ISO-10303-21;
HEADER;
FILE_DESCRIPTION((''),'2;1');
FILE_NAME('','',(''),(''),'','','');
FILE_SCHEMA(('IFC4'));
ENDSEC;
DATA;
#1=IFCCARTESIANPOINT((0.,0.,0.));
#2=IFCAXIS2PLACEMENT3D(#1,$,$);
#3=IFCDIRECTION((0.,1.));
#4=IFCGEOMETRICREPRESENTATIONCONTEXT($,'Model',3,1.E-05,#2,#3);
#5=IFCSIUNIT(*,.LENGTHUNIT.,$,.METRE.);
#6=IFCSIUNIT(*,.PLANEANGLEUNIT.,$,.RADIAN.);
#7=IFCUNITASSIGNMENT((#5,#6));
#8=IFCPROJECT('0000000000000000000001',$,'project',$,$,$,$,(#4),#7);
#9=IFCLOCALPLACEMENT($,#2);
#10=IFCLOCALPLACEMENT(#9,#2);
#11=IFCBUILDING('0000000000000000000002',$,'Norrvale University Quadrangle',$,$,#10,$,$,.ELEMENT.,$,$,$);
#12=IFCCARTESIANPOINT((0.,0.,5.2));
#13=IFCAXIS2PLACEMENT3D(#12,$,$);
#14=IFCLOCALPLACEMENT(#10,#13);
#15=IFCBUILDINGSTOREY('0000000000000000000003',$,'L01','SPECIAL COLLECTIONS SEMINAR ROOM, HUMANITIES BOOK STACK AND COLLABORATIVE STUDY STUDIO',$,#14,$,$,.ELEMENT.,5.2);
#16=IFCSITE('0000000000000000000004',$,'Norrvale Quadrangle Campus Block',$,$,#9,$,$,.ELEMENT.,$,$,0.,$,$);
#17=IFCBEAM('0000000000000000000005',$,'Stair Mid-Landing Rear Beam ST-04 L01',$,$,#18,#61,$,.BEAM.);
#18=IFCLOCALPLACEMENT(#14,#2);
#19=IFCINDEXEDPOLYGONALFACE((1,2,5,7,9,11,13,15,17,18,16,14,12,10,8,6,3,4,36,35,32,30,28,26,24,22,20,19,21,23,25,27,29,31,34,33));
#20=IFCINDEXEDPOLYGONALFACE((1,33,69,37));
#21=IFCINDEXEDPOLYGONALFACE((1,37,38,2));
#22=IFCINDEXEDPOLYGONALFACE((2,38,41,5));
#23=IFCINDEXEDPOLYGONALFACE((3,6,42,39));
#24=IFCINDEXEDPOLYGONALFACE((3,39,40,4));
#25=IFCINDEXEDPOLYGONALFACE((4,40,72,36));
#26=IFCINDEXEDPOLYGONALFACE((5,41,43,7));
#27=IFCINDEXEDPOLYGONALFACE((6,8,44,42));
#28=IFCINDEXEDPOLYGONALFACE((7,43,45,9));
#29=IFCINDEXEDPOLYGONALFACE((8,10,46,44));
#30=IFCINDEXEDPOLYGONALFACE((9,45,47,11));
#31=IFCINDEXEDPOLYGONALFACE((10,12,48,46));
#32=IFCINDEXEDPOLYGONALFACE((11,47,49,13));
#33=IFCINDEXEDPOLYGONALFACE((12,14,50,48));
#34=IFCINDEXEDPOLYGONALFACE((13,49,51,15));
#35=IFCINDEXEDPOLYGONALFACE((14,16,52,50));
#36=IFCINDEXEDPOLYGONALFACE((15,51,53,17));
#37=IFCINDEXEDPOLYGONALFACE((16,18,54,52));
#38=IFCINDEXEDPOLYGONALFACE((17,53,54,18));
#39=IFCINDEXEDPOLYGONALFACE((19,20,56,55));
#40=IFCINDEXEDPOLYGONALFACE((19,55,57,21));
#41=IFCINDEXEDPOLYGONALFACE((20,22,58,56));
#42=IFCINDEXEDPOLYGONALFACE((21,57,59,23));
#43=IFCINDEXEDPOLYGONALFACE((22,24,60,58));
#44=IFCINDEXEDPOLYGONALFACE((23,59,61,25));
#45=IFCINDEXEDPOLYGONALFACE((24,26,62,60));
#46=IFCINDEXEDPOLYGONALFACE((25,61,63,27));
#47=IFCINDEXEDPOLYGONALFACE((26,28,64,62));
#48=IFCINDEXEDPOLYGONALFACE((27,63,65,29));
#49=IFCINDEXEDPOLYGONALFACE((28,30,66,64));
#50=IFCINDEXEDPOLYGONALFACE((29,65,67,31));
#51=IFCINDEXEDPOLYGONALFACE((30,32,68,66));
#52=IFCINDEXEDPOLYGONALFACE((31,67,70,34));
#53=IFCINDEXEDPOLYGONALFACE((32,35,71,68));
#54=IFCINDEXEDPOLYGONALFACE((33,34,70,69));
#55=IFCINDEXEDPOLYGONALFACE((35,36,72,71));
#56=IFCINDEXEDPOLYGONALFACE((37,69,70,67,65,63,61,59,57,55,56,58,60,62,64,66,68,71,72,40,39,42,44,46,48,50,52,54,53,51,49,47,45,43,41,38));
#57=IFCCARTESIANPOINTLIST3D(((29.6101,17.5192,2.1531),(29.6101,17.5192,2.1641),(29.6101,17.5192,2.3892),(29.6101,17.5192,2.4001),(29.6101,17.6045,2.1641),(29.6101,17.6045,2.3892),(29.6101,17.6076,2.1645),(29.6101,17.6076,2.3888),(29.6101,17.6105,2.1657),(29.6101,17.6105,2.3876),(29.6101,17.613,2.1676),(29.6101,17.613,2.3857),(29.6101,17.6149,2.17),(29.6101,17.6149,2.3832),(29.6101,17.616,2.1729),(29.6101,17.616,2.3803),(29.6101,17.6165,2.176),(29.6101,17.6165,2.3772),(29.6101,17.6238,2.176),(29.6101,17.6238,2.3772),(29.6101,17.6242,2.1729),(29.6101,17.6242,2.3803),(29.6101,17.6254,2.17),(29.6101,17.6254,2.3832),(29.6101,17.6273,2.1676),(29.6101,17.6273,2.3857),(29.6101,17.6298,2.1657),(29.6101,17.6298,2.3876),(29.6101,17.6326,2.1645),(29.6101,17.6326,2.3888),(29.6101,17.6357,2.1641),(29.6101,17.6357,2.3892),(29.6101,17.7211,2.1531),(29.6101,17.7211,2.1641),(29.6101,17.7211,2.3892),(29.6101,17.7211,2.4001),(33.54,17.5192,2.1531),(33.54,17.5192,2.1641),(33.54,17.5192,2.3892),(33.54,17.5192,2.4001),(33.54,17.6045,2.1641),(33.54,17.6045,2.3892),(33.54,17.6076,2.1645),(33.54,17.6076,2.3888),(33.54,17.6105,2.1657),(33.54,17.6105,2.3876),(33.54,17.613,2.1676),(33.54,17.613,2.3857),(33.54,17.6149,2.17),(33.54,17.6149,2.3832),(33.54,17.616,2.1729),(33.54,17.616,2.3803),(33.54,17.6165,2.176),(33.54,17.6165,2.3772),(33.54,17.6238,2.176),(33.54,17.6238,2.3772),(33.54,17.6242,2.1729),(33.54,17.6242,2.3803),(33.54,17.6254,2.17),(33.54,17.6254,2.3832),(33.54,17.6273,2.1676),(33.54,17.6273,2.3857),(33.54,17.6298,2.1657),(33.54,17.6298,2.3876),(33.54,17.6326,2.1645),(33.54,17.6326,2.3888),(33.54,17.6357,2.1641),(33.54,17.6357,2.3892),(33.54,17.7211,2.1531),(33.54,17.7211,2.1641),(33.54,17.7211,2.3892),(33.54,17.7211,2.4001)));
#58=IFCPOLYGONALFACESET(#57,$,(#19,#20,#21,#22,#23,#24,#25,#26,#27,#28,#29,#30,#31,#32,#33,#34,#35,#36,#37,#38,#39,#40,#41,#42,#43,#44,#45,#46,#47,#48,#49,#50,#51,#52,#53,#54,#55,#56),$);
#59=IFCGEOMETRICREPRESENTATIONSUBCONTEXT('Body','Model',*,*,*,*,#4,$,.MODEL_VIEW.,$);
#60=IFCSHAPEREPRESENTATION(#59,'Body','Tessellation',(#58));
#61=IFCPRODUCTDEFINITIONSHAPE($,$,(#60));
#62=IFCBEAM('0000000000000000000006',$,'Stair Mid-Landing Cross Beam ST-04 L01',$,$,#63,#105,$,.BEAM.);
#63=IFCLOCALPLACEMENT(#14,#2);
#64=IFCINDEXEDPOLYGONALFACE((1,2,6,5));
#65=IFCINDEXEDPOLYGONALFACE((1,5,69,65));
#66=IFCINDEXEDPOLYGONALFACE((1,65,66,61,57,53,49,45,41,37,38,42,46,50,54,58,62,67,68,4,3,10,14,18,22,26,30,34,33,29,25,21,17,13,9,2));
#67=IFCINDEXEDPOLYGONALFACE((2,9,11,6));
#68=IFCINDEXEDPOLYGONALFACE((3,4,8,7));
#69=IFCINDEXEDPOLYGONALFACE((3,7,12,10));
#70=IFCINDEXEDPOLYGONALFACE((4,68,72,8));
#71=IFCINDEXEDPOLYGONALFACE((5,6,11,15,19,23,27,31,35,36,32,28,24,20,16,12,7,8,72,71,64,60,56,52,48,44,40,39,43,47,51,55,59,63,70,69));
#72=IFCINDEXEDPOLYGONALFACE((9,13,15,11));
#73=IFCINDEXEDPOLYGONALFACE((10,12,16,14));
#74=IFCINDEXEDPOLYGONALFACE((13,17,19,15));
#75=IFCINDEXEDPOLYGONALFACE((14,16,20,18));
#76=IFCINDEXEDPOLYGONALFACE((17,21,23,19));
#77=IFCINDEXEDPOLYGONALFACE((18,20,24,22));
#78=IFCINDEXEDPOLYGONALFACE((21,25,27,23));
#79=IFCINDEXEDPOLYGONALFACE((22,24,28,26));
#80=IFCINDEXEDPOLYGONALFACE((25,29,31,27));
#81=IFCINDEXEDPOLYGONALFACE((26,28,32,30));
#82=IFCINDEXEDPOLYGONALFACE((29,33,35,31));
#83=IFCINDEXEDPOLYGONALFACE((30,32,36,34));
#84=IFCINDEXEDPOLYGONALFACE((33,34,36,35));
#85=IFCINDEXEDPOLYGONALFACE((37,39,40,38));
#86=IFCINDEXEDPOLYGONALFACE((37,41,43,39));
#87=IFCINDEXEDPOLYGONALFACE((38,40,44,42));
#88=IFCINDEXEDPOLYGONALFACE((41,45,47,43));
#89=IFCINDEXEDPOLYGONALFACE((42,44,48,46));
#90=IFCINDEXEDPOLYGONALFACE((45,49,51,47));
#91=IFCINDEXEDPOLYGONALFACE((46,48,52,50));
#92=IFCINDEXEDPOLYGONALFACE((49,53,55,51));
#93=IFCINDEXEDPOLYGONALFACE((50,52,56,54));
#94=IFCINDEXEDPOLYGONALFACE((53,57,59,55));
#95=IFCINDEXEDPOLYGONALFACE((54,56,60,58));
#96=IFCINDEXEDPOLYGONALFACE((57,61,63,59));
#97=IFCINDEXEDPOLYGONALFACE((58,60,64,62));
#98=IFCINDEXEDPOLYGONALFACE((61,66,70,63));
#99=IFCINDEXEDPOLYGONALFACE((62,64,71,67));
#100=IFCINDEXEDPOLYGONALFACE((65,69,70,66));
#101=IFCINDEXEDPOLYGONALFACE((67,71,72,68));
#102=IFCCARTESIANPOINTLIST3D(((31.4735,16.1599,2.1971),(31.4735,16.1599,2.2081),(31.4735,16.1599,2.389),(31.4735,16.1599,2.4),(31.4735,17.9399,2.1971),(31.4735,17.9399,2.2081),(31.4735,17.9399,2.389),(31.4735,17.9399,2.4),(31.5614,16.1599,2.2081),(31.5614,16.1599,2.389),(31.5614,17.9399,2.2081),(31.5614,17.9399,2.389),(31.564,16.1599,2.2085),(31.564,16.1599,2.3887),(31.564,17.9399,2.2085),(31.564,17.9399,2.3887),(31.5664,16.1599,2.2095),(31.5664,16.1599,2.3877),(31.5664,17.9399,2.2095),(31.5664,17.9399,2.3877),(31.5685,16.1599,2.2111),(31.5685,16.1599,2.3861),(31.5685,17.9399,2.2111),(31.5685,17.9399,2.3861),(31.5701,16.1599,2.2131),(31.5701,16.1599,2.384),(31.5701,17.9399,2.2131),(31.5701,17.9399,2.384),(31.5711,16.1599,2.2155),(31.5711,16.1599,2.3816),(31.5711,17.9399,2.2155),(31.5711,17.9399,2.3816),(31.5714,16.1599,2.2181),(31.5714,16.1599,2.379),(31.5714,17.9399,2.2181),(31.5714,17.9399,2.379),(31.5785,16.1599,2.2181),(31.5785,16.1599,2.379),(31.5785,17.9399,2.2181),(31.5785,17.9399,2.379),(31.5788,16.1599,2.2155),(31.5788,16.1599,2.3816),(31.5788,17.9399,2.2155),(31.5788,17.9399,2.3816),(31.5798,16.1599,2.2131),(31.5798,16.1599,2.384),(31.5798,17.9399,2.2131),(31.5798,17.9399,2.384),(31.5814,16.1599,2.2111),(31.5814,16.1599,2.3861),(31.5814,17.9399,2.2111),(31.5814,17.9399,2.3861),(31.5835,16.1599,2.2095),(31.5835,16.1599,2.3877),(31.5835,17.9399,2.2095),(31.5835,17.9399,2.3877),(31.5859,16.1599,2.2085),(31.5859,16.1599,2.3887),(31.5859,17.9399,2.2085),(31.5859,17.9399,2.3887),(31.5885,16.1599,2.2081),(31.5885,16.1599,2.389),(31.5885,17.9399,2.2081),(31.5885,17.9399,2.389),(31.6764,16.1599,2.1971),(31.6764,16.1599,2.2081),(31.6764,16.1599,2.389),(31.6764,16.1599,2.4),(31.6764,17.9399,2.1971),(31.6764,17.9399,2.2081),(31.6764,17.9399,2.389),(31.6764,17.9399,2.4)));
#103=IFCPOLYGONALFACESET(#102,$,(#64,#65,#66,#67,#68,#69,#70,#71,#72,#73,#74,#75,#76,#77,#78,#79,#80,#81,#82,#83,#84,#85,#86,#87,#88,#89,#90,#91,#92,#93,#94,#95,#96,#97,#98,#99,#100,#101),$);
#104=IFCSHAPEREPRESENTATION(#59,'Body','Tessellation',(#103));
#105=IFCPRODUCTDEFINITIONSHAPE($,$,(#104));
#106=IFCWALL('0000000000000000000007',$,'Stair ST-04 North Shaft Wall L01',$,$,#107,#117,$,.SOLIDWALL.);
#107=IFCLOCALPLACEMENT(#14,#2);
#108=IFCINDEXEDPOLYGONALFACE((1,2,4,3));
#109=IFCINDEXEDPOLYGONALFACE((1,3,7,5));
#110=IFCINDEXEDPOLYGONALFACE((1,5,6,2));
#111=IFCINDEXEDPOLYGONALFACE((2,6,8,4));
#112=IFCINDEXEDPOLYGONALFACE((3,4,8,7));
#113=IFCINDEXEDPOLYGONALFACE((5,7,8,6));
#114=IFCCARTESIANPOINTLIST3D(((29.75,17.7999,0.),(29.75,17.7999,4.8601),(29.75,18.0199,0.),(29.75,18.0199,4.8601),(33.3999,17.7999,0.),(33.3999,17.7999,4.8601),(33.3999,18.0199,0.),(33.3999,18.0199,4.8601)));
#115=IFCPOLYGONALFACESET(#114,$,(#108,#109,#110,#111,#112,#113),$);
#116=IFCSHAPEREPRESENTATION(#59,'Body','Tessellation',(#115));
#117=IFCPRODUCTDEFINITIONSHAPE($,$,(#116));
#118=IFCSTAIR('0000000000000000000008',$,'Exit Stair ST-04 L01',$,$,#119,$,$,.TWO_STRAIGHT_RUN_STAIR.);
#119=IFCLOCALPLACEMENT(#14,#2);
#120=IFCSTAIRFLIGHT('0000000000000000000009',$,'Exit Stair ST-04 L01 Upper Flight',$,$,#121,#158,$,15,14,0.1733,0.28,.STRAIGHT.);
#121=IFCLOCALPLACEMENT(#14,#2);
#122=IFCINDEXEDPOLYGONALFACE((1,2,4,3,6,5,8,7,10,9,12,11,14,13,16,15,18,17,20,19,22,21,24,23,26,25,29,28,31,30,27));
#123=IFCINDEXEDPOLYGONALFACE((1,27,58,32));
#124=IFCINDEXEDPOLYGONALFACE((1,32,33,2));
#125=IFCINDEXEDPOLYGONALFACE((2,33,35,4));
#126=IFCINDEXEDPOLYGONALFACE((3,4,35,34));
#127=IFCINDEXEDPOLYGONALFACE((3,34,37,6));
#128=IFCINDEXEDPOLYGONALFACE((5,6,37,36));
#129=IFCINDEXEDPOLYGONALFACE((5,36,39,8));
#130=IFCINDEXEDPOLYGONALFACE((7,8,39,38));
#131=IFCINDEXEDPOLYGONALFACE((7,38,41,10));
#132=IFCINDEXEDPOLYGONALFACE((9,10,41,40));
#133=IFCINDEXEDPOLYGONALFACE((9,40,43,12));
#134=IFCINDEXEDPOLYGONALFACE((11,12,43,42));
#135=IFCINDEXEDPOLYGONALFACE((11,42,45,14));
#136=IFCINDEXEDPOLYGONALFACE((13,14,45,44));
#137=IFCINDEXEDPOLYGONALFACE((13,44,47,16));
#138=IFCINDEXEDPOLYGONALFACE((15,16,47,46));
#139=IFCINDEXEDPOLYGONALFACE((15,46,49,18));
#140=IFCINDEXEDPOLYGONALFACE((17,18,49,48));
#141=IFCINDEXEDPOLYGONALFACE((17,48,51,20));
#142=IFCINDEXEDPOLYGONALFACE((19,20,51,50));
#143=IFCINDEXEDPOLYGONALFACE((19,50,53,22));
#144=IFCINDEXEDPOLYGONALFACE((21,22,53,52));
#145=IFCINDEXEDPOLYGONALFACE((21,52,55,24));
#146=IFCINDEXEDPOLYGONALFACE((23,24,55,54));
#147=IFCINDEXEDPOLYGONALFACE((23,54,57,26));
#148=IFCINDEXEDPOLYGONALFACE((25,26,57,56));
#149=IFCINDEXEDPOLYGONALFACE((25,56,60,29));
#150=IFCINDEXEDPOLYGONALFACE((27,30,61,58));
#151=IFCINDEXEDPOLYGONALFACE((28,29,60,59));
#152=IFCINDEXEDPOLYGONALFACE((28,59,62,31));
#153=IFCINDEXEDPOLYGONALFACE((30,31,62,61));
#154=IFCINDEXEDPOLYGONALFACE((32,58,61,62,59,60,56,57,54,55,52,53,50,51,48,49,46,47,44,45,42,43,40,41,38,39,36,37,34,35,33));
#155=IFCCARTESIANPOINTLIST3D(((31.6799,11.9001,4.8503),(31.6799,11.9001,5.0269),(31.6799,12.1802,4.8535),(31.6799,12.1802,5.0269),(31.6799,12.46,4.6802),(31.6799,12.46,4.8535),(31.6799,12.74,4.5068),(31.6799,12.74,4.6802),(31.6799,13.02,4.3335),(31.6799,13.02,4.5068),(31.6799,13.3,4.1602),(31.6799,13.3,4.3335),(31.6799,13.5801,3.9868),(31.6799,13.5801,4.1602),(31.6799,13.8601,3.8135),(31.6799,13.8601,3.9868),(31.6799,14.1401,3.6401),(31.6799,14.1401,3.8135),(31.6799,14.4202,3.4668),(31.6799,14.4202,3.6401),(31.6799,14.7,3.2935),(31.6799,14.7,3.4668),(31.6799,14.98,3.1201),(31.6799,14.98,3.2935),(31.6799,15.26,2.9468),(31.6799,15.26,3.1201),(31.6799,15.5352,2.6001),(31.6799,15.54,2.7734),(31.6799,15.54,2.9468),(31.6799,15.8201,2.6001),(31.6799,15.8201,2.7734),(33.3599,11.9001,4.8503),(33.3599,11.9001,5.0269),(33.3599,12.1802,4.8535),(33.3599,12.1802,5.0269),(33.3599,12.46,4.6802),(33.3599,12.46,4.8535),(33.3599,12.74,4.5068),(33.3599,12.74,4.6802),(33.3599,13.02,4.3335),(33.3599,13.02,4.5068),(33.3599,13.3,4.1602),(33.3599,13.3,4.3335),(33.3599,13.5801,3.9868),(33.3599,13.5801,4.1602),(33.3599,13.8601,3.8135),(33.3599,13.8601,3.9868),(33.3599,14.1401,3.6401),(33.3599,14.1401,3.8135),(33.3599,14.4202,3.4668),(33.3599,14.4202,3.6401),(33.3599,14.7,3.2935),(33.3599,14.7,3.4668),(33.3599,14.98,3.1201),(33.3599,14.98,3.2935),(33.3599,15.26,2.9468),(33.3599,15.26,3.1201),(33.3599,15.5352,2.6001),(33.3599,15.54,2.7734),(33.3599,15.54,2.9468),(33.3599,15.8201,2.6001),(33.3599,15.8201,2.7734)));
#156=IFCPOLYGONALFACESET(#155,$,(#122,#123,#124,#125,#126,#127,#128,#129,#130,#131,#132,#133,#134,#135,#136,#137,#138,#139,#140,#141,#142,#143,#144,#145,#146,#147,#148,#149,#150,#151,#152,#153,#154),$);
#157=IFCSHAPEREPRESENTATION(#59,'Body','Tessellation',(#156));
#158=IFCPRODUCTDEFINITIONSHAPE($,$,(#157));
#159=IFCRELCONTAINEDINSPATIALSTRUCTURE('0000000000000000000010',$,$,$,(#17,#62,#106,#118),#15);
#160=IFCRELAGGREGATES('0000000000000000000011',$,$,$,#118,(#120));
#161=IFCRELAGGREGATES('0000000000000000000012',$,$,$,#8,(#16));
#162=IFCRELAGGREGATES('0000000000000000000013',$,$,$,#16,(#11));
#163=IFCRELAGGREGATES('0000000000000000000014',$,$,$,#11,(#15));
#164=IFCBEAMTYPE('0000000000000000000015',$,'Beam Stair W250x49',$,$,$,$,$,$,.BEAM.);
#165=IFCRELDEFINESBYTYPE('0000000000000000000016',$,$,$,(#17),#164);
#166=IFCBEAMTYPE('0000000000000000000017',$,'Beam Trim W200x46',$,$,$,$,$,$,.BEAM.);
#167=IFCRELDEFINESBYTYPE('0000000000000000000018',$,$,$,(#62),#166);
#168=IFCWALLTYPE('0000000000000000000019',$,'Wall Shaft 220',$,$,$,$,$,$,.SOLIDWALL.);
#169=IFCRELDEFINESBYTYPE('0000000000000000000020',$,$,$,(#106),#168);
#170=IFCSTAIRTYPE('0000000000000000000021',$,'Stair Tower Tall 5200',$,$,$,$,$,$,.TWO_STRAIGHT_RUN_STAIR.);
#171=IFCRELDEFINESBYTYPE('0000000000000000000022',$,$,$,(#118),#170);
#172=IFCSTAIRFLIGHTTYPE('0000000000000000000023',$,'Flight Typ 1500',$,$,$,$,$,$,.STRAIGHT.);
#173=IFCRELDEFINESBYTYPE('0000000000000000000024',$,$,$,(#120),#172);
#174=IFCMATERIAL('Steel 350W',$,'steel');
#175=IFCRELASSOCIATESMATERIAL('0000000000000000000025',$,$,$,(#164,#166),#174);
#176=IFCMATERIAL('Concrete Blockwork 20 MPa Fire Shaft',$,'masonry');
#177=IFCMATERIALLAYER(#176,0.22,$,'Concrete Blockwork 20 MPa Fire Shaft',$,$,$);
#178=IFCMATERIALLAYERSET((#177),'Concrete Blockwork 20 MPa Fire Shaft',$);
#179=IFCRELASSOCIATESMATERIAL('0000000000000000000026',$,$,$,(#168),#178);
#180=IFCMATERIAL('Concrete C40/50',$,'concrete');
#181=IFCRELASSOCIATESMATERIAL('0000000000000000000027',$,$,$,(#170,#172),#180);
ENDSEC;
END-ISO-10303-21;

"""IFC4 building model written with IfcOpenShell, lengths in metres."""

from ifc_helpers import new_model, si_unit, direction, frame, frame_2d, origin, origin_2d, place, context, subcontext, project, spatial, polyline, rectangle, i_section, outline, extrude, material, layer, layer_set, material_profile, profile_set, type_object, element, aggregate, save


model = new_model("IFC4")

# Units and contexts
model_context = context("Model", 3, precision=1e-05, world=origin(), true_north=direction((0.0, 1.0)))
body_context = subcontext(model_context, "Body", "Model", "MODEL_VIEW")
ifc_project = project(units=[si_unit("LENGTHUNIT", "METRE"), si_unit("PLANEANGLEUNIT", "RADIAN")], contexts=[model_context])

# Site, building, storey
site_placement = place(None, origin())
site = spatial("IfcSite", under=ifc_project, at=site_placement, Name="Norrvale Quadrangle Campus Block", CompositionType="ELEMENT", RefElevation=0.0)
building_placement = place(site_placement, origin())
building = spatial("IfcBuilding", under=site, at=building_placement, Name="Norrvale University Quadrangle", CompositionType="ELEMENT")
storey_placement = place(building_placement, frame((0.0, 0.0, 5.2)))
storey = spatial("IfcBuildingStorey", under=building, at=storey_placement, Name="L01", Description="SPECIAL COLLECTIONS SEMINAR ROOM, HUMANITIES BOOK STACK AND COLLABORATIVE STUDY STUDIO", CompositionType="ELEMENT", Elevation=5.2)

# Beams
ifc_material_1 = material(Name="Steel 350W", Category="steel")
ifc_material_profile_1 = material_profile(ifc_material_1, i_section(OverallWidth=0.2019, OverallDepth=0.2471, WebThickness=0.0073, FlangeThickness=0.011, FilletRadius=0.012, at=origin_2d()), Name="Steel 350W")
ifc_profile_set_1 = profile_set([ifc_material_profile_1], Name="Steel 350W")
beam_type_1 = type_object("IfcBeamType", Name="Beam Stair W250x49", PredefinedType="BEAM", material=ifc_profile_set_1)
for number, where, z_axis, x_axis, name in (
    (1, (29.6101, 17.6201, 2.2766), (1.0, 0.0, 0.0), (0.0, 1.0, 0.0), "Stair Mid-Landing Rear Beam ST-04 L01"),
):
    element("IfcBeam", number, at=place(storey_placement, frame(where, z_axis=z_axis, x_axis=x_axis)), inside=storey, type_object=beam_type_1, Name=name, PredefinedType="BEAM", context=body_context, shape_type="SweptSolid", body=[
        extrude(i_section(OverallWidth=0.2019, OverallDepth=0.2471, WebThickness=0.0073, FlangeThickness=0.011, FilletRadius=0.012, at=origin_2d()), origin(), (0.0, 0.0, 1.0), 3.9299),
    ])
ifc_material_profile_2 = material_profile(ifc_material_1, i_section(OverallWidth=0.2029, OverallDepth=0.2029, WebThickness=0.0071, FlangeThickness=0.011, FilletRadius=0.01, at=origin_2d()), Name="Steel 350W")
ifc_profile_set_2 = profile_set([ifc_material_profile_2], Name="Steel 350W")
beam_type_2 = type_object("IfcBeamType", Name="Beam Trim W200x46", PredefinedType="BEAM", material=ifc_profile_set_2)
beam_1_placement = place(storey_placement, frame((31.575, 16.1599, 2.2986), z_axis=(0.0, 1.0, 0.0), x_axis=(-1.0, 0.0, 0.0)))
element("IfcBeam", 2, at=beam_1_placement, inside=storey, type_object=beam_type_2, Name="Stair Mid-Landing Cross Beam ST-04 L01", PredefinedType="BEAM", context=body_context, shape_type="SweptSolid", body=[
    extrude(i_section(OverallWidth=0.2029, OverallDepth=0.2029, WebThickness=0.0071, FlangeThickness=0.011, FilletRadius=0.01, at=origin_2d()), origin(), (0.0, 0.0, 1.0), 1.78),
])

# Wall
ifc_material_2 = material(Name="Concrete Blockwork 20 MPa Fire Shaft", Category="masonry")
ifc_layer = layer(ifc_material_2, 0.22, Name="Concrete Blockwork 20 MPa Fire Shaft")
ifc_layer_set = layer_set([ifc_layer], Name="Concrete Blockwork 20 MPa Fire Shaft")
wall_type = type_object("IfcWallType", Name="Wall Shaft 220", PredefinedType="SOLIDWALL", material=ifc_layer_set)
wall_placement = place(storey_placement, frame((29.75, 17.9099, 0.0), z_axis=(0.0, 0.0, 1.0), x_axis=(1.0, 0.0, 0.0)))
element("IfcWall", 3, at=wall_placement, inside=storey, type_object=wall_type, Name="Stair ST-04 North Shaft Wall L01", PredefinedType="SOLIDWALL", context=body_context, shape_type="SweptSolid", body=[
    extrude(rectangle(XDim=3.6499, YDim=0.22, at=frame_2d((1.825, 0.0))), origin(), (0.0, 0.0, 1.0), 4.8601),
])

# Stair, stair flight
ifc_material_3 = material(Name="Concrete C40/50", Category="concrete")
stair_type = type_object("IfcStairType", Name="Stair Tower Tall 5200", PredefinedType="TWO_STRAIGHT_RUN_STAIR", material=ifc_material_3)
stair_placement = place(storey_placement, origin())
stair = element("IfcStair", 4, at=stair_placement, inside=storey, type_object=stair_type, Name="Exit Stair ST-04 L01", PredefinedType="TWO_STRAIGHT_RUN_STAIR")
stair_flight_type = type_object("IfcStairFlightType", Name="Flight Typ 1500", PredefinedType="STRAIGHT", material=ifc_material_3)
stair_flight_placement = place(storey_placement, frame((32.52, 15.8201, 2.6001), z_axis=(0.0, 0.0, 1.0), x_axis=(0.0, -1.0, 0.0)))
stair_flight = element("IfcStairFlight", 5, at=stair_flight_placement, type_object=stair_flight_type, Name="Exit Stair ST-04 L01 Upper Flight", NumberOfRisers=15, NumberOfTreads=14, PredefinedType="STRAIGHT", RiserHeight=0.1733, TreadLength=0.28, context=body_context, shape_type="SweptSolid", body=[
    extrude(outline(polyline([(0.0, 0.0), (0.0, 0.1733), (0.28, 0.1733), (0.28, 0.3467), (0.5601, 0.3467), (0.5601, 0.52), (0.8401, 0.52), (0.8401, 0.6934), (1.1201, 0.6934), (1.1201, 0.8667), (1.3999, 0.8667), (1.3999, 1.04), (1.6799, 1.04), (1.6799, 1.2134), (1.96, 1.2134), (1.96, 1.3867), (2.24, 1.3867), (2.24, 1.5601), (2.52, 1.5601), (2.52, 1.7334), (2.8, 1.7334), (2.8, 1.9067), (3.0801, 1.9067), (3.0801, 2.0801), (3.3601, 2.0801), (3.3601, 2.2534), (3.6399, 2.2534), (3.6399, 2.4268), (3.9199, 2.4268), (3.9199, 2.6001), (3.9199, 2.2502), (0.2849, 0.0), (0.0, 0.0)])), frame((0.0, 0.8398, 0.0), z_axis=(0.0, -1.0, 0.0), x_axis=(1.0, 0.0, 0.0)), (0.0, 0.0, 1.0), 1.6799),
])
aggregate(stair, [stair_flight])

save(model, "model.ifc")
